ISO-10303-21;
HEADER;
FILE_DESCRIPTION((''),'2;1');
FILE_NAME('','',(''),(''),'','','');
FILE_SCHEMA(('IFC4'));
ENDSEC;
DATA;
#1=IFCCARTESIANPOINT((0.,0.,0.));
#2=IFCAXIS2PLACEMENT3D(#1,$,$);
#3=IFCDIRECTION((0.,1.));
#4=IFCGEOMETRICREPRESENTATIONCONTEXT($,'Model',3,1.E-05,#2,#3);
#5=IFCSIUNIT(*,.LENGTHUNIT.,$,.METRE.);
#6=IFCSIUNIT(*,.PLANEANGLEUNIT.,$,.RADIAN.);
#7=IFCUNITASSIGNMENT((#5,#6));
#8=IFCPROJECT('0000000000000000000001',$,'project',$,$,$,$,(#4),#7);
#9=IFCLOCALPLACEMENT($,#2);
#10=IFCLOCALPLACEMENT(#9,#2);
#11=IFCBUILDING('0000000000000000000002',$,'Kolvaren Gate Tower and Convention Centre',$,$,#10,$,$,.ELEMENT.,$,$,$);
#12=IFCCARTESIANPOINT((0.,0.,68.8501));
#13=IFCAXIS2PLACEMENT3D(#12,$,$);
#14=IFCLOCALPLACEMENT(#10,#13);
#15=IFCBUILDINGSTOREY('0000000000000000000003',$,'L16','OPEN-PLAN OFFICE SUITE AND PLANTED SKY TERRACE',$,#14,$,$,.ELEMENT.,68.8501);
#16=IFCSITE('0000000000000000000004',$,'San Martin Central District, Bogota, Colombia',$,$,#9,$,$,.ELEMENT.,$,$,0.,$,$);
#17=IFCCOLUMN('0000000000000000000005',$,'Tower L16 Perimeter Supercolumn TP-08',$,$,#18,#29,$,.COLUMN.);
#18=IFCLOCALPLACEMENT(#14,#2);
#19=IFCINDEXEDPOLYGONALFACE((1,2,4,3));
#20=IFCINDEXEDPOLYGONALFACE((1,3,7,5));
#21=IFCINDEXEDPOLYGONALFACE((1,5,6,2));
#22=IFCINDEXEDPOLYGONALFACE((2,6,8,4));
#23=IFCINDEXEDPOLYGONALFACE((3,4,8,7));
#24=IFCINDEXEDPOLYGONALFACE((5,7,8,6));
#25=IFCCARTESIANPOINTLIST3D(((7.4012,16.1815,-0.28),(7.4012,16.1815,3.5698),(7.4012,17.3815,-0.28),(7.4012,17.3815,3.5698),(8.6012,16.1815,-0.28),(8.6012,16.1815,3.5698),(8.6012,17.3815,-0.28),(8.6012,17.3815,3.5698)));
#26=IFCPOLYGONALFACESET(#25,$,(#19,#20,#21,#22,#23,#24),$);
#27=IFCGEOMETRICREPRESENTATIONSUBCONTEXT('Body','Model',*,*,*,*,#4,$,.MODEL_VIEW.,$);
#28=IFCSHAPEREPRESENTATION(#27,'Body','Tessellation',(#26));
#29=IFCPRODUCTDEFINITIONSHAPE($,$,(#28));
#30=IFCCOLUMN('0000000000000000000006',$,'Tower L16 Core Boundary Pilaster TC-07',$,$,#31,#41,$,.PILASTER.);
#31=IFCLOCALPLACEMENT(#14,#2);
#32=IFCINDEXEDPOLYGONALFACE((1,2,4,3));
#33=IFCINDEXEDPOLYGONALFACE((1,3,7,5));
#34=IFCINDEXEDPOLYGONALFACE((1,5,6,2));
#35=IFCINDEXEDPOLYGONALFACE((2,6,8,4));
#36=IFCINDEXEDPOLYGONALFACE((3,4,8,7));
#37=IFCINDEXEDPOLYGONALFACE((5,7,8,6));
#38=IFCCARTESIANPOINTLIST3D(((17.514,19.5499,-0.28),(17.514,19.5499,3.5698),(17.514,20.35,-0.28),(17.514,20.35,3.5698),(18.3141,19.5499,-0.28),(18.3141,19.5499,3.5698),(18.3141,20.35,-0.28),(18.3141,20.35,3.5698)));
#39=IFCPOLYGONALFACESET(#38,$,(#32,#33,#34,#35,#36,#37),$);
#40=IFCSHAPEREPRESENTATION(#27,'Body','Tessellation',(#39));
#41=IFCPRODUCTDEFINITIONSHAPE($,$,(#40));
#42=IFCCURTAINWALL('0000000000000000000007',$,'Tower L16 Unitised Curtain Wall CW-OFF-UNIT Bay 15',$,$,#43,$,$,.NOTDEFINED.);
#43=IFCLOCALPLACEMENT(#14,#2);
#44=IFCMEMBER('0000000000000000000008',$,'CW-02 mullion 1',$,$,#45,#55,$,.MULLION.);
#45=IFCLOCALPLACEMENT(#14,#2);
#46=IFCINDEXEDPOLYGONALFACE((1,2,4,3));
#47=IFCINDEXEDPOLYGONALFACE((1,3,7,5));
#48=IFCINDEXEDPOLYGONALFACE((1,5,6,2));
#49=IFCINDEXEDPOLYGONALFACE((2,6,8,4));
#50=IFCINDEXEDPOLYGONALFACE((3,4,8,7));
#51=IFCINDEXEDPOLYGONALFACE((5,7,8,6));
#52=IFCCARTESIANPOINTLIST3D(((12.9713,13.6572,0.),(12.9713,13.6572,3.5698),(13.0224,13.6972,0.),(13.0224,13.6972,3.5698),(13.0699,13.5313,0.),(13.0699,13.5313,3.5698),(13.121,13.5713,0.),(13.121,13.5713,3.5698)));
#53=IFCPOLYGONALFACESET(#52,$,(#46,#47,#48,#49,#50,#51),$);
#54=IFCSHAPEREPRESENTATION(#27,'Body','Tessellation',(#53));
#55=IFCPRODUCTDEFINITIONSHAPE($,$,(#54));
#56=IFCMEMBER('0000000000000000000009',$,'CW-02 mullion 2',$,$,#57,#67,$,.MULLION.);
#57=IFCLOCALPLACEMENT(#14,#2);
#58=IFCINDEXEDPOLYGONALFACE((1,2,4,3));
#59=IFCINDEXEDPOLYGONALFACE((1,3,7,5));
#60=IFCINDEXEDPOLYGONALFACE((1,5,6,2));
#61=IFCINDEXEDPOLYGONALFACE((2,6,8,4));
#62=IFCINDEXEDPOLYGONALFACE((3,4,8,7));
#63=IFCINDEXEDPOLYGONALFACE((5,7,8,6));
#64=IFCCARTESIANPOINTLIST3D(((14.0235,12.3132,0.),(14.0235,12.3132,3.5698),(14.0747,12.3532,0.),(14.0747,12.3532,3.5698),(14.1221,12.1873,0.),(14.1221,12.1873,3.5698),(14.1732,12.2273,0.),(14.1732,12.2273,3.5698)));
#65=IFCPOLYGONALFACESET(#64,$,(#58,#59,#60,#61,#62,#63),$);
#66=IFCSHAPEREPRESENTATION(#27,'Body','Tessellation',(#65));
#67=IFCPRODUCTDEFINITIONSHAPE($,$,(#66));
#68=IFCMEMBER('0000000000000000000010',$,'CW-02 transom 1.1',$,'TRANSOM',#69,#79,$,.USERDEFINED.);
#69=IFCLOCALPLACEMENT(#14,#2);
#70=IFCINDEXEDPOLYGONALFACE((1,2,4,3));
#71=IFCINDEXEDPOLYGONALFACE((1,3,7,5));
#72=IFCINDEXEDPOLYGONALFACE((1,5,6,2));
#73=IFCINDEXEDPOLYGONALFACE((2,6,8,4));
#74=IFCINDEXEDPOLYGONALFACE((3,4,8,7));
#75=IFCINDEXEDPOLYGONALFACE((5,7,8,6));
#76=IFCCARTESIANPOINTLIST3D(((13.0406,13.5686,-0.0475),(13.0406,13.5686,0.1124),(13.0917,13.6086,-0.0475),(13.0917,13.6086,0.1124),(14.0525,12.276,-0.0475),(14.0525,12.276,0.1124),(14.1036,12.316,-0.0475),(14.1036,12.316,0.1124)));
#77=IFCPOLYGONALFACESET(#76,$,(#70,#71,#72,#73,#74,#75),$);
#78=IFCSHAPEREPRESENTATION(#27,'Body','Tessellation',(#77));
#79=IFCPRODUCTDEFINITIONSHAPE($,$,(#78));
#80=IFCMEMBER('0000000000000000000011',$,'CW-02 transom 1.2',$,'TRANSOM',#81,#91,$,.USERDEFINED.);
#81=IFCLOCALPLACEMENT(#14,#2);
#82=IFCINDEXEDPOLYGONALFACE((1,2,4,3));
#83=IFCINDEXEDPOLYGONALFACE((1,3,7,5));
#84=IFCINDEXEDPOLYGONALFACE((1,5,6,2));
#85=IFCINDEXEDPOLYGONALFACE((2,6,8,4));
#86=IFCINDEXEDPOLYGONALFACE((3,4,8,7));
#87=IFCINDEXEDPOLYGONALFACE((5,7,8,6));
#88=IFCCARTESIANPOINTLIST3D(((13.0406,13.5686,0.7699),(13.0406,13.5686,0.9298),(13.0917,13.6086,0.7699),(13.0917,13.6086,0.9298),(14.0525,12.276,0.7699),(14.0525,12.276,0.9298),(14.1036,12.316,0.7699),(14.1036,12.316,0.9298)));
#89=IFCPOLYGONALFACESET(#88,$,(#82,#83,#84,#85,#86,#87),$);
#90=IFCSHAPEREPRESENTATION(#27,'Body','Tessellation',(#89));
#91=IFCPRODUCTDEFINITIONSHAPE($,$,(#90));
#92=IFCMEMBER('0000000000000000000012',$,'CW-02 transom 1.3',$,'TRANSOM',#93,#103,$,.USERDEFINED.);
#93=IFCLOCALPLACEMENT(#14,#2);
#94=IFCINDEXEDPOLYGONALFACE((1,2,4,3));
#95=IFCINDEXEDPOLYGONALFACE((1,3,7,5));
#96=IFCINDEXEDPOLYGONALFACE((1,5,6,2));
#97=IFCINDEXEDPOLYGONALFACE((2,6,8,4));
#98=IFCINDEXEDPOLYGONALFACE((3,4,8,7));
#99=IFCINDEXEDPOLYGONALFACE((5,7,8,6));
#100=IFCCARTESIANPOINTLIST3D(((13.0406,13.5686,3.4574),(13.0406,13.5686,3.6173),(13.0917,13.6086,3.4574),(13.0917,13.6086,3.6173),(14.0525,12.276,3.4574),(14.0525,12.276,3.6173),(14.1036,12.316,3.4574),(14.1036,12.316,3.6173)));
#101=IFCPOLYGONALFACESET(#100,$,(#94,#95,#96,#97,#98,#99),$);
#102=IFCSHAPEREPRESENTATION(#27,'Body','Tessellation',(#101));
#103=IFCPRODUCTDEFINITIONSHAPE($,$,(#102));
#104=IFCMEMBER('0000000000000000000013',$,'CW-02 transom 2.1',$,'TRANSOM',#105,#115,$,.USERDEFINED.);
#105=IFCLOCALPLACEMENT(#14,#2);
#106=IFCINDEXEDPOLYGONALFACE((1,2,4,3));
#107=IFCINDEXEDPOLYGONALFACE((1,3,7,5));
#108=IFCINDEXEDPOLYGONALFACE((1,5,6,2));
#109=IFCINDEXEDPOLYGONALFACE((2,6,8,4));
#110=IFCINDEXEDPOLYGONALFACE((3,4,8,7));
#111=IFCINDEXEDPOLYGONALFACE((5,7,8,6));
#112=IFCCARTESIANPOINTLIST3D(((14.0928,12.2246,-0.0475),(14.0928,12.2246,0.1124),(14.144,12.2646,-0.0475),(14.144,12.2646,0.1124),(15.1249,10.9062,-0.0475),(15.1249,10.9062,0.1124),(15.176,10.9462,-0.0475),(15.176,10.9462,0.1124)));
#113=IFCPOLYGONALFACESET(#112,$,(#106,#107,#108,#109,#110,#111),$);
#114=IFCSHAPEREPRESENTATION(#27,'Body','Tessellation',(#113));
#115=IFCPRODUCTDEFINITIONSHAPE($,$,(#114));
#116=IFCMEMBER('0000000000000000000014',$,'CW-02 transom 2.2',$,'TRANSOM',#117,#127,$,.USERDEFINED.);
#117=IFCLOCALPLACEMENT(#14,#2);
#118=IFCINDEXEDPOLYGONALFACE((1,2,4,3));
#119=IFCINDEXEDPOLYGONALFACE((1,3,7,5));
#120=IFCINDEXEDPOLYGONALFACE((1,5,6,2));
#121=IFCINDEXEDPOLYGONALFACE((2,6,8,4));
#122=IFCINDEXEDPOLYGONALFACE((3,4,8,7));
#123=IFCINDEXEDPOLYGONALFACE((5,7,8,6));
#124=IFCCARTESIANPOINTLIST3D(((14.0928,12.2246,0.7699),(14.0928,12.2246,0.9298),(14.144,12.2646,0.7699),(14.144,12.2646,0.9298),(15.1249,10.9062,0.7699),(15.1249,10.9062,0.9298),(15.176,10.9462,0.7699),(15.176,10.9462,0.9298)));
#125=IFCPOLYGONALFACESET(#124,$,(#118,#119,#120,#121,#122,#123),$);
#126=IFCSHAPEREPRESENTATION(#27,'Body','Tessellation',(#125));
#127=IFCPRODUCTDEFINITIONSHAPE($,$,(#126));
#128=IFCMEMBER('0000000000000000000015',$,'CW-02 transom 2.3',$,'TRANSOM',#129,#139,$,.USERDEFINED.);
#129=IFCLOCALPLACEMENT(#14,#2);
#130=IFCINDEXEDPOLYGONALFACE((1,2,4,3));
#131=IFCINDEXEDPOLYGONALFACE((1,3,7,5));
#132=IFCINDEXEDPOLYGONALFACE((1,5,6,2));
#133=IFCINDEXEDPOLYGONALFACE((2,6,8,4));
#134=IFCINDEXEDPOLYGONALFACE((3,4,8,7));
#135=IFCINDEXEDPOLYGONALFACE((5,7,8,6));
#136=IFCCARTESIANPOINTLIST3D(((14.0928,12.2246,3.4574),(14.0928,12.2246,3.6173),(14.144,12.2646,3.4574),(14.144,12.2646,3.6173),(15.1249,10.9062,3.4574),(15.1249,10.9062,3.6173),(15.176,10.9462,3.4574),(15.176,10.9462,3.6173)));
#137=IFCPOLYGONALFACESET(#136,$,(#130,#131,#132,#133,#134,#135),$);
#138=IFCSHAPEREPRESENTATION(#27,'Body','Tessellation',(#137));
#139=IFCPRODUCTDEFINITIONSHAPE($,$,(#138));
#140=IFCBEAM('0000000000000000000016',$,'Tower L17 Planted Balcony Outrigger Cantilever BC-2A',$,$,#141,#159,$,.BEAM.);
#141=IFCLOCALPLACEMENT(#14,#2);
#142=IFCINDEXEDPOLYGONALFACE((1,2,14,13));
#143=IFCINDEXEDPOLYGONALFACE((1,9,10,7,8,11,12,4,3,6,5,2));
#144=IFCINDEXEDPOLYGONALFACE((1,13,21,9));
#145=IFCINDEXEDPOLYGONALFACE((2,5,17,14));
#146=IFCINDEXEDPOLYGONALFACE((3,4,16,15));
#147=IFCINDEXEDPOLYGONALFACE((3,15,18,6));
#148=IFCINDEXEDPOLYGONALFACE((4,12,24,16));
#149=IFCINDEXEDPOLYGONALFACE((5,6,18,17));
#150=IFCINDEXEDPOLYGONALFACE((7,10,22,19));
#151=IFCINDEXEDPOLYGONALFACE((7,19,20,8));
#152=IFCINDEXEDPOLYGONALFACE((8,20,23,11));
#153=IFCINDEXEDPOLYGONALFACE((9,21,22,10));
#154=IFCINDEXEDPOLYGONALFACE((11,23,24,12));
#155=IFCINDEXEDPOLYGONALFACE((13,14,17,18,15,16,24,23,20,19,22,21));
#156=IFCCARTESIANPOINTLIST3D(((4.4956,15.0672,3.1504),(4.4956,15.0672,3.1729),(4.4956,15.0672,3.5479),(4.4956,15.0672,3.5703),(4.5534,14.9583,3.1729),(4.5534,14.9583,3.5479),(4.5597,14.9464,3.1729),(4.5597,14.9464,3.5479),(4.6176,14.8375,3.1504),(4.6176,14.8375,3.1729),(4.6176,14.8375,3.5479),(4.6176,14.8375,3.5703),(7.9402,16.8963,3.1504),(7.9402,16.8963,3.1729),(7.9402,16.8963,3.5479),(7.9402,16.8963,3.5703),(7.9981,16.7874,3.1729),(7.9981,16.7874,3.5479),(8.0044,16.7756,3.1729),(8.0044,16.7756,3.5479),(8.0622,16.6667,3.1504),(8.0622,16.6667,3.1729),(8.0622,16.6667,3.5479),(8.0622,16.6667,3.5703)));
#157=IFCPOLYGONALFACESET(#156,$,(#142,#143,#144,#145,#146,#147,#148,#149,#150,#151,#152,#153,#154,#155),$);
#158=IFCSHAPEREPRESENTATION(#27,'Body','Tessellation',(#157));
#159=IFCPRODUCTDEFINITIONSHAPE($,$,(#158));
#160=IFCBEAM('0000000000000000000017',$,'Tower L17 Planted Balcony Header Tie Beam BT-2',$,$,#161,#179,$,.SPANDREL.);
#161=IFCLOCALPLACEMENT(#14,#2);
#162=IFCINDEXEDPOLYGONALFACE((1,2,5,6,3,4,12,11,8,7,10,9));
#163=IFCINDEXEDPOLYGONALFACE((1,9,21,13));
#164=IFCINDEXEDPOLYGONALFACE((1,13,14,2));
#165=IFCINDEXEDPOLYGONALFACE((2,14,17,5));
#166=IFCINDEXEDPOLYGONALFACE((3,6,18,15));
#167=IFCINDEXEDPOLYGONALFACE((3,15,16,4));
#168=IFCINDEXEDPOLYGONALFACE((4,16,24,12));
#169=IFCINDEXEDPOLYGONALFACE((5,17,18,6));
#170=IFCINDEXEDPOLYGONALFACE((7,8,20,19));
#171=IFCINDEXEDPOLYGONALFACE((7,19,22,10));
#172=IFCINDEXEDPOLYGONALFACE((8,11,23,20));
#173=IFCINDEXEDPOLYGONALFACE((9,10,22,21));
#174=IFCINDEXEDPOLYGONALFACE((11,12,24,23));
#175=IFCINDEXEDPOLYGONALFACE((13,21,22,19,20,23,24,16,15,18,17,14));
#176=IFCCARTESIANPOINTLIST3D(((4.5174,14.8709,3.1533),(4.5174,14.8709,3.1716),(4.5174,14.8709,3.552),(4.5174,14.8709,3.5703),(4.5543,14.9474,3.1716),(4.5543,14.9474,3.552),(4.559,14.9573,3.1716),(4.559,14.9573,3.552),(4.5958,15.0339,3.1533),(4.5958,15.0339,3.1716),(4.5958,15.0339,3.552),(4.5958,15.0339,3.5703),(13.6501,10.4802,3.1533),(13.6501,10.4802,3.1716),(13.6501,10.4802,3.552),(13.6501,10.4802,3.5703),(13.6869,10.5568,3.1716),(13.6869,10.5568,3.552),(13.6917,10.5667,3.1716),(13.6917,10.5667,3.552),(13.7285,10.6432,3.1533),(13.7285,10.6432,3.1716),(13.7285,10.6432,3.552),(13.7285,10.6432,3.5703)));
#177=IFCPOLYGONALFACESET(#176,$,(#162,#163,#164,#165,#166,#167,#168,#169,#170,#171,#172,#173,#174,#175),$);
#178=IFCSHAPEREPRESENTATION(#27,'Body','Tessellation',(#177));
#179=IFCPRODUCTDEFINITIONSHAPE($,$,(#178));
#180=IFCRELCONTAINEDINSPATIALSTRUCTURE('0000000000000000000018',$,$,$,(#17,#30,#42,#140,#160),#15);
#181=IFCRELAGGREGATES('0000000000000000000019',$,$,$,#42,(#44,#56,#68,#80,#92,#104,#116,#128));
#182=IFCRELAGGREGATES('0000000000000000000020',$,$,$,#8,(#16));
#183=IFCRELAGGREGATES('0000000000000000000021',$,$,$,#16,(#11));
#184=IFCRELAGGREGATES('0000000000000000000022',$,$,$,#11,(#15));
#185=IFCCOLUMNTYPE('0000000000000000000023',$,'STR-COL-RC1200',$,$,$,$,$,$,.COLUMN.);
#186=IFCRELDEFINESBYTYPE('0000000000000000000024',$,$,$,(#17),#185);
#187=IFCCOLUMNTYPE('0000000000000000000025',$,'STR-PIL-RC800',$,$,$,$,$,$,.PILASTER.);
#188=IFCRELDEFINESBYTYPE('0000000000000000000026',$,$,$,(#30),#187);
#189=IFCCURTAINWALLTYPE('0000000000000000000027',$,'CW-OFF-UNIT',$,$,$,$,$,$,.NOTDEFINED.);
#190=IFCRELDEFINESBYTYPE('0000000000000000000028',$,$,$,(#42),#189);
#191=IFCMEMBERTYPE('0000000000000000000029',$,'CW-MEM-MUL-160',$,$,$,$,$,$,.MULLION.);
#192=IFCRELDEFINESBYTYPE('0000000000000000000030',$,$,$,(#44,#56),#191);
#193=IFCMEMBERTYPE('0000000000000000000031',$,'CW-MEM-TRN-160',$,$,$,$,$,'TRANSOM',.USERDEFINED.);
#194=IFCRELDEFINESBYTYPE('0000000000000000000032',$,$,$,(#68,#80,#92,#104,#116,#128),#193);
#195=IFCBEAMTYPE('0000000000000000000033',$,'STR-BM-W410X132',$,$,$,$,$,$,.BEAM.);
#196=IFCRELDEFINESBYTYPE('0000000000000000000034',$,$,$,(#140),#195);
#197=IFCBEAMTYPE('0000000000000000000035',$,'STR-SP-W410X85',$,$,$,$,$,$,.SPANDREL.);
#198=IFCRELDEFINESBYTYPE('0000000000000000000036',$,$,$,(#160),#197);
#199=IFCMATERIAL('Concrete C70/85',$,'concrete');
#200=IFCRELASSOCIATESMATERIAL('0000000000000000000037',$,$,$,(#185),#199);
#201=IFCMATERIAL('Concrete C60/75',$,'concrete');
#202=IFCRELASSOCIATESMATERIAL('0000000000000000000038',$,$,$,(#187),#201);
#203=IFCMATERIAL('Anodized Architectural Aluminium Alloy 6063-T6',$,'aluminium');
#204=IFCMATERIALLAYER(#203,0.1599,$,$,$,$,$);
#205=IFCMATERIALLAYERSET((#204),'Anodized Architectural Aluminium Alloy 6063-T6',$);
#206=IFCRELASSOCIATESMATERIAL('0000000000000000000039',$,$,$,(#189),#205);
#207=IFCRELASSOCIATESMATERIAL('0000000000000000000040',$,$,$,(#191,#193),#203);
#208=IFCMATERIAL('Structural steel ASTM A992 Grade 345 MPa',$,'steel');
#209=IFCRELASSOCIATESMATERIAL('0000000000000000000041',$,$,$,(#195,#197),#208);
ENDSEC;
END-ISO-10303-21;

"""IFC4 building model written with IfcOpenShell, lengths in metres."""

from ifc_helpers import new_model, si_unit, direction, frame, origin, origin_2d, place, context, subcontext, project, spatial, rectangle, i_section, extrude, material, layer, layer_set, material_profile, profile_set, type_object, element, aggregate, save


model = new_model("IFC4")

# Units and contexts
model_context = context("Model", 3, precision=1e-05, world=origin(), true_north=direction((0.0, 1.0)))
body_context = subcontext(model_context, "Body", "Model", "MODEL_VIEW")
ifc_project = project(units=[si_unit("LENGTHUNIT", "METRE"), si_unit("PLANEANGLEUNIT", "RADIAN")], contexts=[model_context])

# Site, building, storey
site_placement = place(None, origin())
site = spatial("IfcSite", under=ifc_project, at=site_placement, Name="San Martin Central District, Bogota, Colombia", CompositionType="ELEMENT", RefElevation=0.0)
building_placement = place(site_placement, origin())
building = spatial("IfcBuilding", under=site, at=building_placement, Name="Kolvaren Gate Tower and Convention Centre", CompositionType="ELEMENT")
storey_placement = place(building_placement, frame((0.0, 0.0, 68.8501)))
storey = spatial("IfcBuildingStorey", under=building, at=storey_placement, Name="L16", Description="OPEN-PLAN OFFICE SUITE AND PLANTED SKY TERRACE", CompositionType="ELEMENT", Elevation=68.8501)

# Columns
ifc_material_1 = material(Name="Concrete C70/85", Category="concrete")
ifc_material_profile_1 = material_profile(ifc_material_1, rectangle(XDim=1.2, YDim=1.2, at=origin_2d()), Name="RC-COL-1200X1200")
ifc_profile_set_1 = profile_set([ifc_material_profile_1], Name="Concrete C70/85")
column_type_1 = type_object("IfcColumnType", Name="STR-COL-RC1200", PredefinedType="COLUMN", material=ifc_profile_set_1)
column_1_placement = place(storey_placement, frame((8.0012, 16.7815, -0.28), z_axis=(0.0, 0.0, 1.0), x_axis=(1.0, 0.0, 0.0)))
element("IfcColumn", 1, at=column_1_placement, inside=storey, type_object=column_type_1, Name="Tower L16 Perimeter Supercolumn TP-08", PredefinedType="COLUMN", context=body_context, shape_type="SweptSolid", body=[
    extrude(rectangle(XDim=1.2, YDim=1.2, at=origin_2d()), origin(), (0.0, 0.0, 1.0), 3.8499),
])
ifc_material_2 = material(Name="Concrete C60/75", Category="concrete")
ifc_material_profile_2 = material_profile(ifc_material_2, rectangle(XDim=0.8, YDim=0.8, at=origin_2d()), Name="RC-COL-800X800")
ifc_profile_set_2 = profile_set([ifc_material_profile_2], Name="Concrete C60/75")
column_type_2 = type_object("IfcColumnType", Name="STR-PIL-RC800", PredefinedType="PILASTER", material=ifc_profile_set_2)
column_2_placement = place(storey_placement, frame((17.9141, 19.95, -0.28), z_axis=(0.0, 0.0, 1.0), x_axis=(1.0, 0.0, 0.0)))
element("IfcColumn", 2, at=column_2_placement, inside=storey, type_object=column_type_2, Name="Tower L16 Core Boundary Pilaster TC-07", PredefinedType="PILASTER", context=body_context, shape_type="SweptSolid", body=[
    extrude(rectangle(XDim=0.8, YDim=0.8, at=origin_2d()), origin(), (0.0, 0.0, 1.0), 3.8499),
])

# Curtain wall, members
ifc_material_3 = material(Name="Anodized Architectural Aluminium Alloy 6063-T6", Category="aluminium")
ifc_layer_1 = layer(ifc_material_3, 0.1599)
ifc_layer_set_1 = layer_set([ifc_layer_1], Name="Anodized Architectural Aluminium Alloy 6063-T6")
curtain_wall_type = type_object("IfcCurtainWallType", Name="CW-OFF-UNIT", PredefinedType="NOTDEFINED", material=ifc_layer_set_1)
curtain_wall_placement = place(storey_placement, origin())
curtain_wall = element("IfcCurtainWall", 3, at=curtain_wall_placement, inside=storey, type_object=curtain_wall_type, Name="Tower L16 Unitised Curtain Wall CW-OFF-UNIT Bay 15", PredefinedType="NOTDEFINED")
ifc_material_profile_3 = material_profile(ifc_material_3, rectangle(XDim=0.0649, YDim=0.1599, at=origin_2d()), Name="CW-MEM-MUL-160")
ifc_profile_set_3 = profile_set([ifc_material_profile_3], Name="Anodized Architectural Aluminium Alloy 6063-T6")
member_type_1 = type_object("IfcMemberType", Name="CW-MEM-MUL-160", PredefinedType="MULLION", material=ifc_profile_set_3)
member_1_placement = place(storey_placement, frame((13.0461, 13.6143, 0.0), z_axis=(0.0, 0.0, 1.0), x_axis=(0.787412, 0.616427, 0.0)))
member_1 = element("IfcMember", 4, at=member_1_placement, type_object=member_type_1, Name="CW-02 mullion 1", PredefinedType="MULLION", context=body_context, shape_type="SweptSolid", body=[
    extrude(rectangle(XDim=0.0649, YDim=0.1599, at=origin_2d()), origin(), (0.0, 0.0, 1.0), 3.5698),
])
member_2_placement = place(storey_placement, frame((14.0984, 12.2703, 0.0), z_axis=(0.0, 0.0, 1.0), x_axis=(0.787412, 0.616427, 0.0)))
member_2 = element("IfcMember", 5, at=member_2_placement, type_object=member_type_1, Name="CW-02 mullion 2", PredefinedType="MULLION", context=body_context, shape_type="SweptSolid", body=[
    extrude(rectangle(XDim=0.0649, YDim=0.1599, at=origin_2d()), origin(), (0.0, 0.0, 1.0), 3.5698),
])
ifc_material_profile_4 = material_profile(ifc_material_3, rectangle(XDim=0.0649, YDim=0.1599, at=origin_2d()), Name="CW-MEM-TRN-160")
ifc_profile_set_4 = profile_set([ifc_material_profile_4], Name="Anodized Architectural Aluminium Alloy 6063-T6")
member_type_2 = type_object("IfcMemberType", Name="CW-MEM-TRN-160", ElementType="TRANSOM", PredefinedType="USERDEFINED", material=ifc_profile_set_4)
member_3_placement = place(storey_placement, frame((13.0662, 13.5886, 0.0325), z_axis=(0.616409, -0.787427, 0.0), x_axis=(0.787427, 0.616409, 0.0)))
member_3 = element("IfcMember", 6, at=member_3_placement, type_object=member_type_2, Name="CW-02 transom 1.1", ObjectType="TRANSOM", PredefinedType="USERDEFINED", context=body_context, shape_type="SweptSolid", body=[
    extrude(rectangle(XDim=0.0649, YDim=0.1599, at=origin_2d()), origin(), (0.0, 0.0, 1.0), 1.6416),
])
member_4_placement = place(storey_placement, frame((13.0662, 13.5886, 0.8499), z_axis=(0.616409, -0.787427, 0.0), x_axis=(0.787427, 0.616409, 0.0)))
member_4 = element("IfcMember", 7, at=member_4_placement, type_object=member_type_2, Name="CW-02 transom 1.2", ObjectType="TRANSOM", PredefinedType="USERDEFINED", context=body_context, shape_type="SweptSolid", body=[
    extrude(rectangle(XDim=0.0649, YDim=0.1599, at=origin_2d()), origin(), (0.0, 0.0, 1.0), 1.6416),
])
member_5_placement = place(storey_placement, frame((13.0662, 13.5886, 3.5374), z_axis=(0.616409, -0.787427, 0.0), x_axis=(0.787427, 0.616409, 0.0)))
member_5 = element("IfcMember", 8, at=member_5_placement, type_object=member_type_2, Name="CW-02 transom 1.3", ObjectType="TRANSOM", PredefinedType="USERDEFINED", context=body_context, shape_type="SweptSolid", body=[
    extrude(rectangle(XDim=0.0649, YDim=0.1599, at=origin_2d()), origin(), (0.0, 0.0, 1.0), 1.6416),
])
member_6_placement = place(storey_placement, frame((14.1184, 12.2446, 0.0325), z_axis=(0.616391, -0.78744, 0.0), x_axis=(0.78744, 0.616391, 0.0)))
member_6 = element("IfcMember", 9, at=member_6_placement, type_object=member_type_2, Name="CW-02 transom 2.1", ObjectType="TRANSOM", PredefinedType="USERDEFINED", context=body_context, shape_type="SweptSolid", body=[
    extrude(rectangle(XDim=0.0649, YDim=0.1599, at=origin_2d()), origin(), (0.0, 0.0, 1.0), 1.6743),
])
member_7_placement = place(storey_placement, frame((14.1184, 12.2446, 0.8499), z_axis=(0.616391, -0.78744, 0.0), x_axis=(0.78744, 0.616391, 0.0)))
member_7 = element("IfcMember", 10, at=member_7_placement, type_object=member_type_2, Name="CW-02 transom 2.2", ObjectType="TRANSOM", PredefinedType="USERDEFINED", context=body_context, shape_type="SweptSolid", body=[
    extrude(rectangle(XDim=0.0649, YDim=0.1599, at=origin_2d()), origin(), (0.0, 0.0, 1.0), 1.6743),
])
member_8_placement = place(storey_placement, frame((14.1184, 12.2446, 3.5374), z_axis=(0.616391, -0.78744, 0.0), x_axis=(0.78744, 0.616391, 0.0)))
member_8 = element("IfcMember", 11, at=member_8_placement, type_object=member_type_2, Name="CW-02 transom 2.3", ObjectType="TRANSOM", PredefinedType="USERDEFINED", context=body_context, shape_type="SweptSolid", body=[
    extrude(rectangle(XDim=0.0649, YDim=0.1599, at=origin_2d()), origin(), (0.0, 0.0, 1.0), 1.6743),
])

# Beams
ifc_material_4 = material(Name="Structural steel ASTM A992 Grade 345 MPa", Category="steel")
ifc_material_profile_5 = material_profile(ifc_material_4, i_section(OverallWidth=0.26, OverallDepth=0.4199, WebThickness=0.0134, FlangeThickness=0.0225, at=origin_2d()), Name="W410X132")
ifc_profile_set_5 = profile_set([ifc_material_profile_5], Name="Structural steel ASTM A992 Grade 345 MPa")
beam_type_1 = type_object("IfcBeamType", Name="STR-BM-W410X132", PredefinedType="BEAM", material=ifc_profile_set_5)
beam_1_placement = place(storey_placement, frame((8.0012, 16.7815, 3.3604), z_axis=(-0.883204, -0.468989, 0.0), x_axis=(0.468989, -0.883204, 0.0)))
element("IfcBeam", 12, at=beam_1_placement, inside=storey, type_object=beam_type_1, Name="Tower L17 Planted Balcony Outrigger Cantilever BC-2A", PredefinedType="BEAM", context=body_context, shape_type="SweptSolid", body=[
    extrude(i_section(OverallWidth=0.26, OverallDepth=0.4199, WebThickness=0.0134, FlangeThickness=0.0225, at=origin_2d()), origin(), (0.0, 0.0, 1.0), 3.9001),
])
ifc_material_profile_6 = material_profile(ifc_material_4, i_section(OverallWidth=0.1809, OverallDepth=0.417, WebThickness=0.011, FlangeThickness=0.0183, at=origin_2d()), Name="W410X85")
ifc_profile_set_6 = profile_set([ifc_material_profile_6], Name="Structural steel ASTM A992 Grade 345 MPa")
beam_type_2 = type_object("IfcBeamType", Name="STR-SP-W410X85", PredefinedType="SPANDREL", material=ifc_profile_set_6)
beam_2_placement = place(storey_placement, frame((4.5566, 14.9524, 3.3618), z_axis=(0.901254, -0.433292, 0.0), x_axis=(0.433292, 0.901254, 0.0)))
element("IfcBeam", 13, at=beam_2_placement, inside=storey, type_object=beam_type_2, Name="Tower L17 Planted Balcony Header Tie Beam BT-2", PredefinedType="SPANDREL", context=body_context, shape_type="SweptSolid", body=[
    extrude(i_section(OverallWidth=0.1809, OverallDepth=0.417, WebThickness=0.011, FlangeThickness=0.0183, at=origin_2d()), origin(), (0.0, 0.0, 1.0), 10.1333),
])

aggregate(curtain_wall, [member_1, member_2, member_3, member_4, member_5, member_6, member_7, member_8])

save(model, "model.ifc")
